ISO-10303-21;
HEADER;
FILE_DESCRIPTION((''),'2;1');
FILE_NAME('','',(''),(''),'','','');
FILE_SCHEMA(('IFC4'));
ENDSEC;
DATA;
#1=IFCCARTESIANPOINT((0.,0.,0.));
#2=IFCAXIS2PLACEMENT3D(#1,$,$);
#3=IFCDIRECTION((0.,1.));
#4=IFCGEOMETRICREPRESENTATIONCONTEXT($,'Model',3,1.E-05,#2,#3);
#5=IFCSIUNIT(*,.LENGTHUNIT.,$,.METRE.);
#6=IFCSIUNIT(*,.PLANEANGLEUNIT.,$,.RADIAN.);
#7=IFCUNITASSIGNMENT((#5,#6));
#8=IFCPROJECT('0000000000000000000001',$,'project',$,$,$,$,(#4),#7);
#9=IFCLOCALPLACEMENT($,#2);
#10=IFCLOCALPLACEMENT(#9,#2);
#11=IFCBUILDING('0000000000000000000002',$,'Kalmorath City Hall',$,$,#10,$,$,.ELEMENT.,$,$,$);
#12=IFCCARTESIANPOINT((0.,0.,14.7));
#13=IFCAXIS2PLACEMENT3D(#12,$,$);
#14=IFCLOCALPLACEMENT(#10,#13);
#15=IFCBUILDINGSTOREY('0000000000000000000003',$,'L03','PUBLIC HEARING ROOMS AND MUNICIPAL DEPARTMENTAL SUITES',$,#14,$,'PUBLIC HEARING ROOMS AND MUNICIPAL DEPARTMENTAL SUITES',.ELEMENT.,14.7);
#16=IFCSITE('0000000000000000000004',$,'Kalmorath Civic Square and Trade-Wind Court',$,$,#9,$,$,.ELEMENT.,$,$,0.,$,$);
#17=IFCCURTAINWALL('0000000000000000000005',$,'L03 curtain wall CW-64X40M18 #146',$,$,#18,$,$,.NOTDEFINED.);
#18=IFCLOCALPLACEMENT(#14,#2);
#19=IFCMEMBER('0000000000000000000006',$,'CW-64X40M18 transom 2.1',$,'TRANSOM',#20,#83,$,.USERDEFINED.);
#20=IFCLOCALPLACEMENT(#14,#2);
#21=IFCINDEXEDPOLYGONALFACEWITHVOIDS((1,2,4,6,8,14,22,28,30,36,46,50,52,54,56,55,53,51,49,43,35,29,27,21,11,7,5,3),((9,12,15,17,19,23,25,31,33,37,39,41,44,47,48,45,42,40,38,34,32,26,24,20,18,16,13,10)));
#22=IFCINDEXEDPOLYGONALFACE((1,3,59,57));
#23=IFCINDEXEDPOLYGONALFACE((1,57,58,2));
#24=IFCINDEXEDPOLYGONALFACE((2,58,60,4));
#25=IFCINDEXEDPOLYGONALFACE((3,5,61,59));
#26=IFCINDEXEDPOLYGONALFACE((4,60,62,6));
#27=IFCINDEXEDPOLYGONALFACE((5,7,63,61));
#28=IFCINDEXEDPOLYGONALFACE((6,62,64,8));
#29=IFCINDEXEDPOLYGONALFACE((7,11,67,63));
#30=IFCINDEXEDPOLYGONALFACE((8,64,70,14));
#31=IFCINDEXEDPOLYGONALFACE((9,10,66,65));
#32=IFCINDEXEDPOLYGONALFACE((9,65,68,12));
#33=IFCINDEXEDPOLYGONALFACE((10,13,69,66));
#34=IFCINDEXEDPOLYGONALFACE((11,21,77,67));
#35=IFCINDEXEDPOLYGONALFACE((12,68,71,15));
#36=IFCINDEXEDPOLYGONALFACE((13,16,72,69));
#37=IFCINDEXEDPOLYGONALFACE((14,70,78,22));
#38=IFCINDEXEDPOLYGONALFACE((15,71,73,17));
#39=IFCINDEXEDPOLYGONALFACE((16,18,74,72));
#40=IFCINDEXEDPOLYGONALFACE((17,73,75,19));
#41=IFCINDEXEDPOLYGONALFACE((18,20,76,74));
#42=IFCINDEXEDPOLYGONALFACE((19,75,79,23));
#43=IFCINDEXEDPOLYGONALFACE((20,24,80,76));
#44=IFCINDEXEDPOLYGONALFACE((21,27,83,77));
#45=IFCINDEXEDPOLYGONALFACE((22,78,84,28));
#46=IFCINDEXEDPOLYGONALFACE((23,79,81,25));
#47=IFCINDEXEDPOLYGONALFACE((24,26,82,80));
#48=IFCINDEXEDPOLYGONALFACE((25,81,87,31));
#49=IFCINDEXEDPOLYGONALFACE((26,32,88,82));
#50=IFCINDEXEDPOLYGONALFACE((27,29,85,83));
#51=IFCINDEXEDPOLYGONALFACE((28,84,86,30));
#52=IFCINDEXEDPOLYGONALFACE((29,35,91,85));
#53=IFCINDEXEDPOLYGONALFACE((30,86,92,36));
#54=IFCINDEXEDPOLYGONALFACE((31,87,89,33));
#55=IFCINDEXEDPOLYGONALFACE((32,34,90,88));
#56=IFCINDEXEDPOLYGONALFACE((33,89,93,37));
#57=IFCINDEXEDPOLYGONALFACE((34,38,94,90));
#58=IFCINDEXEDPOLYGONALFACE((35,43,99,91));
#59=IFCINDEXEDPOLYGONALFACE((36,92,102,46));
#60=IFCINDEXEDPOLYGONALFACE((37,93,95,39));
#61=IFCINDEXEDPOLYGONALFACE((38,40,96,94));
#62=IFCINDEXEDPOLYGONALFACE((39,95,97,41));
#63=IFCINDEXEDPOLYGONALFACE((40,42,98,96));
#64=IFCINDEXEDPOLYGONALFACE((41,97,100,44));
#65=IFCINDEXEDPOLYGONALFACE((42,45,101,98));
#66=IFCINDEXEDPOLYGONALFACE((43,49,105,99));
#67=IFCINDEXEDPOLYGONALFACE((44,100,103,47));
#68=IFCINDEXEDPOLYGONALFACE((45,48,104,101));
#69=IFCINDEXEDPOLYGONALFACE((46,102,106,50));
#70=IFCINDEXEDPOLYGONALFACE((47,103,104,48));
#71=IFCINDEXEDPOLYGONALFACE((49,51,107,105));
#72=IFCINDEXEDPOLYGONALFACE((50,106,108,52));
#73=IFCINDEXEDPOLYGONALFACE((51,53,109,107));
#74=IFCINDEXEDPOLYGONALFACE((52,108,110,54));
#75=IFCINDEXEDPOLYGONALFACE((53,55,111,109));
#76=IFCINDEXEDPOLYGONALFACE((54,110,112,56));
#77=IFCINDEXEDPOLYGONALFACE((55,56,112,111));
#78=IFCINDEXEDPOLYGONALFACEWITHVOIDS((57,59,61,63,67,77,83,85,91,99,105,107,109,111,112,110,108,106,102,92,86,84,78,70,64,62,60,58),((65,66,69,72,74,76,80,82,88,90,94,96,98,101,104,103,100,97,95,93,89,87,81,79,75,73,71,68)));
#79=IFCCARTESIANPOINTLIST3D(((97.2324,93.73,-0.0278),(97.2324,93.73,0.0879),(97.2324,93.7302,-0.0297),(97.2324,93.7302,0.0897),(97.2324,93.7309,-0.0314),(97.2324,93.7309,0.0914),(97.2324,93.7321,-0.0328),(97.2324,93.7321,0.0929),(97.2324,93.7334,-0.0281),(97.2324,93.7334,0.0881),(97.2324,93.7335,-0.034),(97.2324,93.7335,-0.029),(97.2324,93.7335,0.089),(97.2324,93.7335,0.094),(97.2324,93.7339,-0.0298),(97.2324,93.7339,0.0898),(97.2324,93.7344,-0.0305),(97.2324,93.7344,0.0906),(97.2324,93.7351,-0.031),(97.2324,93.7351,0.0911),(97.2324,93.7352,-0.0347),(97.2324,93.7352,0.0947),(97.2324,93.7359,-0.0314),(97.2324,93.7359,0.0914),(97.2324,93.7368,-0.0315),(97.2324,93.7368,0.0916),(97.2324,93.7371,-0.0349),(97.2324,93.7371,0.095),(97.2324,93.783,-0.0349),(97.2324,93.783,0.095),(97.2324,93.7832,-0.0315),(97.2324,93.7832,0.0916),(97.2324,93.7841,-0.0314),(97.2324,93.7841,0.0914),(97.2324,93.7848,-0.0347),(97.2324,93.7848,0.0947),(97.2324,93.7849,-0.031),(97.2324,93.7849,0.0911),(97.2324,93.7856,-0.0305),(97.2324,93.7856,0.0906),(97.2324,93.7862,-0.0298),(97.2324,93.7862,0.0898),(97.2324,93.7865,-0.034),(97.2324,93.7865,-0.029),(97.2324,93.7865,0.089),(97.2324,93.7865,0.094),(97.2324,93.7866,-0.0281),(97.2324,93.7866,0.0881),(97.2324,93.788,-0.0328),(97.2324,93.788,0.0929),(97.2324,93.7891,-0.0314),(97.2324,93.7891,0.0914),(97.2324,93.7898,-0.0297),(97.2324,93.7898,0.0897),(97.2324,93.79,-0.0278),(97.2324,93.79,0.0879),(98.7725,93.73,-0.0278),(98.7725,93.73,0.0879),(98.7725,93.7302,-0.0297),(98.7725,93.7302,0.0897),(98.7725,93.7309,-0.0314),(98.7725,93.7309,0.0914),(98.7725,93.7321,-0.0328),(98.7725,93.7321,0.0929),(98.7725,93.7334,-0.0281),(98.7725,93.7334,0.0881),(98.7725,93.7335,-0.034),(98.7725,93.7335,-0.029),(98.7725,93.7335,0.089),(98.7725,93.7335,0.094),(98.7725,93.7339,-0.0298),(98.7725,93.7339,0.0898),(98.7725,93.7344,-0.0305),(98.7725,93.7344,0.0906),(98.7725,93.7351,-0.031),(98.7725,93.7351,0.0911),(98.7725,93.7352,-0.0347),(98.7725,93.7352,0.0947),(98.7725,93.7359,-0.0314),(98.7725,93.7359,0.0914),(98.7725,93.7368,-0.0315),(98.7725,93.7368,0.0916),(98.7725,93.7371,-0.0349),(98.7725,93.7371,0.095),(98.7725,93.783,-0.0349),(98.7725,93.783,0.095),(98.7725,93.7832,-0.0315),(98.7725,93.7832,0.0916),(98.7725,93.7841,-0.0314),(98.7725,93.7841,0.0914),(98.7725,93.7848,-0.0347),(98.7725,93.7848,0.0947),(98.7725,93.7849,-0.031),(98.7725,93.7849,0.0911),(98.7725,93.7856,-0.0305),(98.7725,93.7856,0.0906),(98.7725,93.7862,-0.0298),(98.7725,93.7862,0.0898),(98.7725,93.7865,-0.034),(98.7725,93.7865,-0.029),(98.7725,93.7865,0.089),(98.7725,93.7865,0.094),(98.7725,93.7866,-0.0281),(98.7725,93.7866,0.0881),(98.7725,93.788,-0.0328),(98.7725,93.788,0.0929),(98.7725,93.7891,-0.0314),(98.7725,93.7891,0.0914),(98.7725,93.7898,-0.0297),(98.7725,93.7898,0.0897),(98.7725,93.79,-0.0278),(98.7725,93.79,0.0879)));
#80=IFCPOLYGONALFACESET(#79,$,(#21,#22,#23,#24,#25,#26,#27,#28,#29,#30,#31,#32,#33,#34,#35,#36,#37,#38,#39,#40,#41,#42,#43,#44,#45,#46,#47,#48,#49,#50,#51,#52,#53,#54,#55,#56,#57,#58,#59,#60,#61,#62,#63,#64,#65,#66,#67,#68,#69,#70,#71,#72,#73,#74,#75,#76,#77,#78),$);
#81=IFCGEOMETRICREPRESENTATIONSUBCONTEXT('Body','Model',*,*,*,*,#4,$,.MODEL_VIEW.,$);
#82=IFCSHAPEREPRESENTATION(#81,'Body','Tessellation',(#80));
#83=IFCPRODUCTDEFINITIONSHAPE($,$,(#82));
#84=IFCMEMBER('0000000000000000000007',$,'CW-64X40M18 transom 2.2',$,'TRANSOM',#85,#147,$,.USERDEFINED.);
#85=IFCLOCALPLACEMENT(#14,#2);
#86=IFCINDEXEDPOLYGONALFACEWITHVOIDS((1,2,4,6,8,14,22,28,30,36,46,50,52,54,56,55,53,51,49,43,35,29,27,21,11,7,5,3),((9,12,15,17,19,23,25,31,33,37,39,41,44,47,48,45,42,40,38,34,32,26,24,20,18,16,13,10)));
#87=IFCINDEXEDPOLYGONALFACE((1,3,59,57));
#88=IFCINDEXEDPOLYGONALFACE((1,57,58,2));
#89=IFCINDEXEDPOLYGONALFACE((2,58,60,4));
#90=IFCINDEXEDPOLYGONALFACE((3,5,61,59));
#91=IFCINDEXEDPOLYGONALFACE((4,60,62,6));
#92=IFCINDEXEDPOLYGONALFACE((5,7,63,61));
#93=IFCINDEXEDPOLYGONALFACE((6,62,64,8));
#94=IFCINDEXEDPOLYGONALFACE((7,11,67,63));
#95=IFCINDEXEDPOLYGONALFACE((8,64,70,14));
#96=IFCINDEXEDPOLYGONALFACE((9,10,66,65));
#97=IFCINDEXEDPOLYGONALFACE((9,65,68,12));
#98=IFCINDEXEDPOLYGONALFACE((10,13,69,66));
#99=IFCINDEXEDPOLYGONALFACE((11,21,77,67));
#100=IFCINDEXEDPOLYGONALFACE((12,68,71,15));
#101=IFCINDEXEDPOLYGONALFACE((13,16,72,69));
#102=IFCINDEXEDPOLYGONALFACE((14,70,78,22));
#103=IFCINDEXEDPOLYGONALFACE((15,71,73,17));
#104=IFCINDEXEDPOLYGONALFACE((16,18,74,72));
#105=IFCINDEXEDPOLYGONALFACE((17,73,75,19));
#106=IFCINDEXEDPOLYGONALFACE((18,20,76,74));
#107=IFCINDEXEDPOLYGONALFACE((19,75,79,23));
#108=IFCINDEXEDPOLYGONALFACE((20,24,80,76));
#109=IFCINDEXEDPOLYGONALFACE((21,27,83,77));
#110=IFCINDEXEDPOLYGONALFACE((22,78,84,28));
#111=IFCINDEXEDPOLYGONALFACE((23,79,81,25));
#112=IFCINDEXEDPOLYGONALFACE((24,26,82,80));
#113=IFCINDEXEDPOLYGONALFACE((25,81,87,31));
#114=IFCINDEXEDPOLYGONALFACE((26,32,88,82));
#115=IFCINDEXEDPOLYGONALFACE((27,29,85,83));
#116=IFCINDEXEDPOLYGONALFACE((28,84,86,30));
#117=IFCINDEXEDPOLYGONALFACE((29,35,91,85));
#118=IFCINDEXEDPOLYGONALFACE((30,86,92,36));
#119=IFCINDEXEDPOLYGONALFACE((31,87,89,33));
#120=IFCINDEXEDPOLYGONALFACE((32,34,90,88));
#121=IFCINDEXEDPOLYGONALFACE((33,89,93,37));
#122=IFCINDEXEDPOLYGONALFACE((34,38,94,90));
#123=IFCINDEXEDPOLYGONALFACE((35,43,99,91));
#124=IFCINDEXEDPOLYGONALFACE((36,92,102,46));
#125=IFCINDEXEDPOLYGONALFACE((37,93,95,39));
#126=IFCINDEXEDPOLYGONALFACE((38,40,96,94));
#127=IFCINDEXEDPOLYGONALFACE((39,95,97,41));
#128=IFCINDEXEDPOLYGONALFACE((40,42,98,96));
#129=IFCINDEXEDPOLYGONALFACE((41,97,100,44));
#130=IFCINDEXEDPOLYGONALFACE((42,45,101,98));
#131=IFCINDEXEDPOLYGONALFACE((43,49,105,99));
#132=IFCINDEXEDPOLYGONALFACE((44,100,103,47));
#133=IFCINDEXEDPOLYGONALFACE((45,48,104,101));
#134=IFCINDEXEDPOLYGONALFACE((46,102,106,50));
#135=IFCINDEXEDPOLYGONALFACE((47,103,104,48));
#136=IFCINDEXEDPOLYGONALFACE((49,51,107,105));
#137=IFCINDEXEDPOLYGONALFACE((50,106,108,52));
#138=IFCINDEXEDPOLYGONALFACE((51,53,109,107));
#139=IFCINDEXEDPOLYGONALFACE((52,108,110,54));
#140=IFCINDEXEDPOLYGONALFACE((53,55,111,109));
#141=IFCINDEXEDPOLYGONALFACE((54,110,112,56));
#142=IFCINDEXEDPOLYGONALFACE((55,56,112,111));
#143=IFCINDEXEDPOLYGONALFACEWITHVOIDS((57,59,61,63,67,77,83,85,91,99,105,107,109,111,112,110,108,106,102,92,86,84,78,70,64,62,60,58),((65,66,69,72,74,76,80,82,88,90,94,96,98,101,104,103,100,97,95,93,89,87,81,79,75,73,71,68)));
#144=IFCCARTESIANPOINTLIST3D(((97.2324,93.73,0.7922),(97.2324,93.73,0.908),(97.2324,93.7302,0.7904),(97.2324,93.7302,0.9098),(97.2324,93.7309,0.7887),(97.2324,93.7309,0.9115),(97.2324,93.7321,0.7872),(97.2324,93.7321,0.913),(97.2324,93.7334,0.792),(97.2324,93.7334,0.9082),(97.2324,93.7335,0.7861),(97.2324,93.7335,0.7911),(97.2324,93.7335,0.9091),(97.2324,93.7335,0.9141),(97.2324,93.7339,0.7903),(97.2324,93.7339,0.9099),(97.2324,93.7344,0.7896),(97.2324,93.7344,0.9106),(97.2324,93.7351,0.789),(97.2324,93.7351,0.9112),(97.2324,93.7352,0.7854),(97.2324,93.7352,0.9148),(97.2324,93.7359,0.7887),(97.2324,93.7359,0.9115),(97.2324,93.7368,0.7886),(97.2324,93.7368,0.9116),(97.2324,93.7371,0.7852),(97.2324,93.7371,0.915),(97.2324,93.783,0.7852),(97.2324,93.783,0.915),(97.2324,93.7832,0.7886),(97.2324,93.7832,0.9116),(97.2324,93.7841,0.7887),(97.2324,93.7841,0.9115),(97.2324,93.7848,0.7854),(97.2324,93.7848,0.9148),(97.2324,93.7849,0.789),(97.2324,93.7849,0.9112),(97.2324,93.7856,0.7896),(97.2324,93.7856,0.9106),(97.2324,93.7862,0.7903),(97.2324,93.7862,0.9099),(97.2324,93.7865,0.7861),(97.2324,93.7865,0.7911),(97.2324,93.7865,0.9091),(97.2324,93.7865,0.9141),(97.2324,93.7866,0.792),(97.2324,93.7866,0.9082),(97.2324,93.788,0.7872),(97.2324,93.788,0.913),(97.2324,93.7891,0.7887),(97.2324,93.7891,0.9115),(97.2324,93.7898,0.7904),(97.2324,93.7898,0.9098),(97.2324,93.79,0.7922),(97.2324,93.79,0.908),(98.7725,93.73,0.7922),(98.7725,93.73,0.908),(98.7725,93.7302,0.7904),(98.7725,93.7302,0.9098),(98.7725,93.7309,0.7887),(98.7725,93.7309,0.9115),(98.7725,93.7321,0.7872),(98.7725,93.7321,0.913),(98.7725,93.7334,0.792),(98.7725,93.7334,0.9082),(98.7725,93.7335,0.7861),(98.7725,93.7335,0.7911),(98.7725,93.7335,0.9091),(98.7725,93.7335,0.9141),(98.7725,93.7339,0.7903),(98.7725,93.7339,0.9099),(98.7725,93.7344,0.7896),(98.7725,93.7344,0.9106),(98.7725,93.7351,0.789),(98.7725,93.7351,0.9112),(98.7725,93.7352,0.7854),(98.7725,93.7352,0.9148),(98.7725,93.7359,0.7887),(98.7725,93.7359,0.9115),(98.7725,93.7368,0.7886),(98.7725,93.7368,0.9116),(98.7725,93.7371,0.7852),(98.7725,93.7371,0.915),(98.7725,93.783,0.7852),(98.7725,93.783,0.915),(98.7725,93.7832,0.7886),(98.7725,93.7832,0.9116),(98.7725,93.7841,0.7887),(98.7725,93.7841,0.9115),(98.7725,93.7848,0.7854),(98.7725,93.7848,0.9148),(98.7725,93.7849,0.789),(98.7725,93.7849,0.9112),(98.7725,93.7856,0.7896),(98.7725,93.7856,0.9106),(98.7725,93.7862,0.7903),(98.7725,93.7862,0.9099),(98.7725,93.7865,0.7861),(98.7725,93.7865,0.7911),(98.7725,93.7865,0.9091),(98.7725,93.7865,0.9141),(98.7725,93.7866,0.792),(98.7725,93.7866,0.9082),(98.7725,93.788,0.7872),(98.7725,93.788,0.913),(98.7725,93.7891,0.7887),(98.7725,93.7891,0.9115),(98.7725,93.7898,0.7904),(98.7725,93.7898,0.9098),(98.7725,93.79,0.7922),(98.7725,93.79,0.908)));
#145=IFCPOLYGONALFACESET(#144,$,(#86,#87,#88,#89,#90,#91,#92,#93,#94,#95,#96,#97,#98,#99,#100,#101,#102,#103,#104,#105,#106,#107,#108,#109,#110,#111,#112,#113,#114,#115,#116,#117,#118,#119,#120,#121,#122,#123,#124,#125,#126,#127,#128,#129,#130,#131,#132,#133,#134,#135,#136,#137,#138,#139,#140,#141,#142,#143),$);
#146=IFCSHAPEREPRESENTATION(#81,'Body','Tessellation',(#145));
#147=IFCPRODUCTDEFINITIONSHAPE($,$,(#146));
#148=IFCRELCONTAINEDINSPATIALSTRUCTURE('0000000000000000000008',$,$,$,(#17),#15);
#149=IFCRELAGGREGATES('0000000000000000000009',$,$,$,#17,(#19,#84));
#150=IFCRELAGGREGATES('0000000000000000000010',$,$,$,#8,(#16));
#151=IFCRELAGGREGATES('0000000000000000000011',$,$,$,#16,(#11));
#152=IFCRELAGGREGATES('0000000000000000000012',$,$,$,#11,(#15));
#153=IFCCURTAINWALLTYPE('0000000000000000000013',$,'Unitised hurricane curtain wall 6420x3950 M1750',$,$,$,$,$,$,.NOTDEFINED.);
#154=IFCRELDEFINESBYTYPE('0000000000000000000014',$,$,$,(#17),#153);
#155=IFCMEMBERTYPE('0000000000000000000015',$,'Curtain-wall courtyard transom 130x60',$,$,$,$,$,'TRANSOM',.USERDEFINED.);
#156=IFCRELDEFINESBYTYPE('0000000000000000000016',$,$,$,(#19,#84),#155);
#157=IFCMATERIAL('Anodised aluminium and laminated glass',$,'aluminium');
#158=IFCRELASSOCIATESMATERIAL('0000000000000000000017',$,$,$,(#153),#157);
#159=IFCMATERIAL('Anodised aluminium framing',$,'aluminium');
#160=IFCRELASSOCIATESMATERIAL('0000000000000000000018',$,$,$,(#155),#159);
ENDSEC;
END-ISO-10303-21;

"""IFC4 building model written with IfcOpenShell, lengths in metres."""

from ifc_helpers import new_model, si_unit, direction, frame, origin, origin_2d, place, context, subcontext, project, spatial, hollow_rectangle, extrude, material, material_profile, profile_set, type_object, element, aggregate, save


model = new_model("IFC4")

# Units and contexts
model_context = context("Model", 3, precision=1e-05, world=origin(), true_north=direction((0.0, 1.0)))
body_context = subcontext(model_context, "Body", "Model", "MODEL_VIEW")
ifc_project = project(units=[si_unit("LENGTHUNIT", "METRE"), si_unit("PLANEANGLEUNIT", "RADIAN")], contexts=[model_context])

# Site, building, storey
site_placement = place(None, origin())
site = spatial("IfcSite", under=ifc_project, at=site_placement, Name="Kalmorath Civic Square and Trade-Wind Court", CompositionType="ELEMENT", RefElevation=0.0)
building_placement = place(site_placement, origin())
building = spatial("IfcBuilding", under=site, at=building_placement, Name="Kalmorath City Hall", CompositionType="ELEMENT")
storey_placement = place(building_placement, frame((0.0, 0.0, 14.7)))
storey = spatial("IfcBuildingStorey", under=building, at=storey_placement, Name="L03", Description="PUBLIC HEARING ROOMS AND MUNICIPAL DEPARTMENTAL SUITES", LongName="PUBLIC HEARING ROOMS AND MUNICIPAL DEPARTMENTAL SUITES", CompositionType="ELEMENT", Elevation=14.7)

# Curtain wall, members
ifc_material_1 = material(Name="Anodised aluminium and laminated glass", Category="aluminium")
curtain_wall_type = type_object("IfcCurtainWallType", Name="Unitised hurricane curtain wall 6420x3950 M1750", PredefinedType="NOTDEFINED", material=ifc_material_1)
curtain_wall_placement = place(storey_placement, origin())
curtain_wall = element("IfcCurtainWall", 1, at=curtain_wall_placement, inside=storey, type_object=curtain_wall_type, Name="L03 curtain wall CW-64X40M18 #146", PredefinedType="NOTDEFINED")
ifc_material_2 = material(Name="Anodised aluminium framing", Category="aluminium")
ifc_material_profile_1 = material_profile(ifc_material_2, hollow_rectangle(XDim=0.0601, YDim=0.1299, WallThickness=0.0034, InnerFilletRadius=0.0034, OuterFilletRadius=0.0071, at=origin_2d()), Name="ALU-TRN-130X60X3.5")
ifc_profile_set_1 = profile_set([ifc_material_profile_1], Name="Anodised aluminium framing")
member_type_1 = type_object("IfcMemberType", Name="Curtain-wall courtyard transom 130x60", ElementType="TRANSOM", PredefinedType="USERDEFINED", material=ifc_profile_set_1)
member_1_placement = place(storey_placement, frame((98.7725, 93.76, 0.03), z_axis=(-1.0, 0.0, 0.0), x_axis=(0.0, -1.0, 0.0)))
member_1 = element("IfcMember", 2, at=member_1_placement, type_object=member_type_1, Name="CW-64X40M18 transom 2.1", ObjectType="TRANSOM", PredefinedType="USERDEFINED", context=body_context, shape_type="SweptSolid", body=[
    extrude(hollow_rectangle(XDim=0.0601, YDim=0.1299, WallThickness=0.0034, InnerFilletRadius=0.0034, OuterFilletRadius=0.0071, at=origin_2d()), origin(), (0.0, 0.0, 1.0), 1.54),
])
member_2_placement = place(storey_placement, frame((98.7725, 93.76, 0.8501), z_axis=(-1.0, 0.0, 0.0), x_axis=(0.0, -1.0, 0.0)))
member_2 = element("IfcMember", 3, at=member_2_placement, type_object=member_type_1, Name="CW-64X40M18 transom 2.2", ObjectType="TRANSOM", PredefinedType="USERDEFINED", context=body_context, shape_type="SweptSolid", body=[
    extrude(hollow_rectangle(XDim=0.0601, YDim=0.1299, WallThickness=0.0034, InnerFilletRadius=0.0034, OuterFilletRadius=0.0071, at=origin_2d()), origin(), (0.0, 0.0, 1.0), 1.54),
])

aggregate(curtain_wall, [member_1, member_2])

save(model, "model.ifc")
